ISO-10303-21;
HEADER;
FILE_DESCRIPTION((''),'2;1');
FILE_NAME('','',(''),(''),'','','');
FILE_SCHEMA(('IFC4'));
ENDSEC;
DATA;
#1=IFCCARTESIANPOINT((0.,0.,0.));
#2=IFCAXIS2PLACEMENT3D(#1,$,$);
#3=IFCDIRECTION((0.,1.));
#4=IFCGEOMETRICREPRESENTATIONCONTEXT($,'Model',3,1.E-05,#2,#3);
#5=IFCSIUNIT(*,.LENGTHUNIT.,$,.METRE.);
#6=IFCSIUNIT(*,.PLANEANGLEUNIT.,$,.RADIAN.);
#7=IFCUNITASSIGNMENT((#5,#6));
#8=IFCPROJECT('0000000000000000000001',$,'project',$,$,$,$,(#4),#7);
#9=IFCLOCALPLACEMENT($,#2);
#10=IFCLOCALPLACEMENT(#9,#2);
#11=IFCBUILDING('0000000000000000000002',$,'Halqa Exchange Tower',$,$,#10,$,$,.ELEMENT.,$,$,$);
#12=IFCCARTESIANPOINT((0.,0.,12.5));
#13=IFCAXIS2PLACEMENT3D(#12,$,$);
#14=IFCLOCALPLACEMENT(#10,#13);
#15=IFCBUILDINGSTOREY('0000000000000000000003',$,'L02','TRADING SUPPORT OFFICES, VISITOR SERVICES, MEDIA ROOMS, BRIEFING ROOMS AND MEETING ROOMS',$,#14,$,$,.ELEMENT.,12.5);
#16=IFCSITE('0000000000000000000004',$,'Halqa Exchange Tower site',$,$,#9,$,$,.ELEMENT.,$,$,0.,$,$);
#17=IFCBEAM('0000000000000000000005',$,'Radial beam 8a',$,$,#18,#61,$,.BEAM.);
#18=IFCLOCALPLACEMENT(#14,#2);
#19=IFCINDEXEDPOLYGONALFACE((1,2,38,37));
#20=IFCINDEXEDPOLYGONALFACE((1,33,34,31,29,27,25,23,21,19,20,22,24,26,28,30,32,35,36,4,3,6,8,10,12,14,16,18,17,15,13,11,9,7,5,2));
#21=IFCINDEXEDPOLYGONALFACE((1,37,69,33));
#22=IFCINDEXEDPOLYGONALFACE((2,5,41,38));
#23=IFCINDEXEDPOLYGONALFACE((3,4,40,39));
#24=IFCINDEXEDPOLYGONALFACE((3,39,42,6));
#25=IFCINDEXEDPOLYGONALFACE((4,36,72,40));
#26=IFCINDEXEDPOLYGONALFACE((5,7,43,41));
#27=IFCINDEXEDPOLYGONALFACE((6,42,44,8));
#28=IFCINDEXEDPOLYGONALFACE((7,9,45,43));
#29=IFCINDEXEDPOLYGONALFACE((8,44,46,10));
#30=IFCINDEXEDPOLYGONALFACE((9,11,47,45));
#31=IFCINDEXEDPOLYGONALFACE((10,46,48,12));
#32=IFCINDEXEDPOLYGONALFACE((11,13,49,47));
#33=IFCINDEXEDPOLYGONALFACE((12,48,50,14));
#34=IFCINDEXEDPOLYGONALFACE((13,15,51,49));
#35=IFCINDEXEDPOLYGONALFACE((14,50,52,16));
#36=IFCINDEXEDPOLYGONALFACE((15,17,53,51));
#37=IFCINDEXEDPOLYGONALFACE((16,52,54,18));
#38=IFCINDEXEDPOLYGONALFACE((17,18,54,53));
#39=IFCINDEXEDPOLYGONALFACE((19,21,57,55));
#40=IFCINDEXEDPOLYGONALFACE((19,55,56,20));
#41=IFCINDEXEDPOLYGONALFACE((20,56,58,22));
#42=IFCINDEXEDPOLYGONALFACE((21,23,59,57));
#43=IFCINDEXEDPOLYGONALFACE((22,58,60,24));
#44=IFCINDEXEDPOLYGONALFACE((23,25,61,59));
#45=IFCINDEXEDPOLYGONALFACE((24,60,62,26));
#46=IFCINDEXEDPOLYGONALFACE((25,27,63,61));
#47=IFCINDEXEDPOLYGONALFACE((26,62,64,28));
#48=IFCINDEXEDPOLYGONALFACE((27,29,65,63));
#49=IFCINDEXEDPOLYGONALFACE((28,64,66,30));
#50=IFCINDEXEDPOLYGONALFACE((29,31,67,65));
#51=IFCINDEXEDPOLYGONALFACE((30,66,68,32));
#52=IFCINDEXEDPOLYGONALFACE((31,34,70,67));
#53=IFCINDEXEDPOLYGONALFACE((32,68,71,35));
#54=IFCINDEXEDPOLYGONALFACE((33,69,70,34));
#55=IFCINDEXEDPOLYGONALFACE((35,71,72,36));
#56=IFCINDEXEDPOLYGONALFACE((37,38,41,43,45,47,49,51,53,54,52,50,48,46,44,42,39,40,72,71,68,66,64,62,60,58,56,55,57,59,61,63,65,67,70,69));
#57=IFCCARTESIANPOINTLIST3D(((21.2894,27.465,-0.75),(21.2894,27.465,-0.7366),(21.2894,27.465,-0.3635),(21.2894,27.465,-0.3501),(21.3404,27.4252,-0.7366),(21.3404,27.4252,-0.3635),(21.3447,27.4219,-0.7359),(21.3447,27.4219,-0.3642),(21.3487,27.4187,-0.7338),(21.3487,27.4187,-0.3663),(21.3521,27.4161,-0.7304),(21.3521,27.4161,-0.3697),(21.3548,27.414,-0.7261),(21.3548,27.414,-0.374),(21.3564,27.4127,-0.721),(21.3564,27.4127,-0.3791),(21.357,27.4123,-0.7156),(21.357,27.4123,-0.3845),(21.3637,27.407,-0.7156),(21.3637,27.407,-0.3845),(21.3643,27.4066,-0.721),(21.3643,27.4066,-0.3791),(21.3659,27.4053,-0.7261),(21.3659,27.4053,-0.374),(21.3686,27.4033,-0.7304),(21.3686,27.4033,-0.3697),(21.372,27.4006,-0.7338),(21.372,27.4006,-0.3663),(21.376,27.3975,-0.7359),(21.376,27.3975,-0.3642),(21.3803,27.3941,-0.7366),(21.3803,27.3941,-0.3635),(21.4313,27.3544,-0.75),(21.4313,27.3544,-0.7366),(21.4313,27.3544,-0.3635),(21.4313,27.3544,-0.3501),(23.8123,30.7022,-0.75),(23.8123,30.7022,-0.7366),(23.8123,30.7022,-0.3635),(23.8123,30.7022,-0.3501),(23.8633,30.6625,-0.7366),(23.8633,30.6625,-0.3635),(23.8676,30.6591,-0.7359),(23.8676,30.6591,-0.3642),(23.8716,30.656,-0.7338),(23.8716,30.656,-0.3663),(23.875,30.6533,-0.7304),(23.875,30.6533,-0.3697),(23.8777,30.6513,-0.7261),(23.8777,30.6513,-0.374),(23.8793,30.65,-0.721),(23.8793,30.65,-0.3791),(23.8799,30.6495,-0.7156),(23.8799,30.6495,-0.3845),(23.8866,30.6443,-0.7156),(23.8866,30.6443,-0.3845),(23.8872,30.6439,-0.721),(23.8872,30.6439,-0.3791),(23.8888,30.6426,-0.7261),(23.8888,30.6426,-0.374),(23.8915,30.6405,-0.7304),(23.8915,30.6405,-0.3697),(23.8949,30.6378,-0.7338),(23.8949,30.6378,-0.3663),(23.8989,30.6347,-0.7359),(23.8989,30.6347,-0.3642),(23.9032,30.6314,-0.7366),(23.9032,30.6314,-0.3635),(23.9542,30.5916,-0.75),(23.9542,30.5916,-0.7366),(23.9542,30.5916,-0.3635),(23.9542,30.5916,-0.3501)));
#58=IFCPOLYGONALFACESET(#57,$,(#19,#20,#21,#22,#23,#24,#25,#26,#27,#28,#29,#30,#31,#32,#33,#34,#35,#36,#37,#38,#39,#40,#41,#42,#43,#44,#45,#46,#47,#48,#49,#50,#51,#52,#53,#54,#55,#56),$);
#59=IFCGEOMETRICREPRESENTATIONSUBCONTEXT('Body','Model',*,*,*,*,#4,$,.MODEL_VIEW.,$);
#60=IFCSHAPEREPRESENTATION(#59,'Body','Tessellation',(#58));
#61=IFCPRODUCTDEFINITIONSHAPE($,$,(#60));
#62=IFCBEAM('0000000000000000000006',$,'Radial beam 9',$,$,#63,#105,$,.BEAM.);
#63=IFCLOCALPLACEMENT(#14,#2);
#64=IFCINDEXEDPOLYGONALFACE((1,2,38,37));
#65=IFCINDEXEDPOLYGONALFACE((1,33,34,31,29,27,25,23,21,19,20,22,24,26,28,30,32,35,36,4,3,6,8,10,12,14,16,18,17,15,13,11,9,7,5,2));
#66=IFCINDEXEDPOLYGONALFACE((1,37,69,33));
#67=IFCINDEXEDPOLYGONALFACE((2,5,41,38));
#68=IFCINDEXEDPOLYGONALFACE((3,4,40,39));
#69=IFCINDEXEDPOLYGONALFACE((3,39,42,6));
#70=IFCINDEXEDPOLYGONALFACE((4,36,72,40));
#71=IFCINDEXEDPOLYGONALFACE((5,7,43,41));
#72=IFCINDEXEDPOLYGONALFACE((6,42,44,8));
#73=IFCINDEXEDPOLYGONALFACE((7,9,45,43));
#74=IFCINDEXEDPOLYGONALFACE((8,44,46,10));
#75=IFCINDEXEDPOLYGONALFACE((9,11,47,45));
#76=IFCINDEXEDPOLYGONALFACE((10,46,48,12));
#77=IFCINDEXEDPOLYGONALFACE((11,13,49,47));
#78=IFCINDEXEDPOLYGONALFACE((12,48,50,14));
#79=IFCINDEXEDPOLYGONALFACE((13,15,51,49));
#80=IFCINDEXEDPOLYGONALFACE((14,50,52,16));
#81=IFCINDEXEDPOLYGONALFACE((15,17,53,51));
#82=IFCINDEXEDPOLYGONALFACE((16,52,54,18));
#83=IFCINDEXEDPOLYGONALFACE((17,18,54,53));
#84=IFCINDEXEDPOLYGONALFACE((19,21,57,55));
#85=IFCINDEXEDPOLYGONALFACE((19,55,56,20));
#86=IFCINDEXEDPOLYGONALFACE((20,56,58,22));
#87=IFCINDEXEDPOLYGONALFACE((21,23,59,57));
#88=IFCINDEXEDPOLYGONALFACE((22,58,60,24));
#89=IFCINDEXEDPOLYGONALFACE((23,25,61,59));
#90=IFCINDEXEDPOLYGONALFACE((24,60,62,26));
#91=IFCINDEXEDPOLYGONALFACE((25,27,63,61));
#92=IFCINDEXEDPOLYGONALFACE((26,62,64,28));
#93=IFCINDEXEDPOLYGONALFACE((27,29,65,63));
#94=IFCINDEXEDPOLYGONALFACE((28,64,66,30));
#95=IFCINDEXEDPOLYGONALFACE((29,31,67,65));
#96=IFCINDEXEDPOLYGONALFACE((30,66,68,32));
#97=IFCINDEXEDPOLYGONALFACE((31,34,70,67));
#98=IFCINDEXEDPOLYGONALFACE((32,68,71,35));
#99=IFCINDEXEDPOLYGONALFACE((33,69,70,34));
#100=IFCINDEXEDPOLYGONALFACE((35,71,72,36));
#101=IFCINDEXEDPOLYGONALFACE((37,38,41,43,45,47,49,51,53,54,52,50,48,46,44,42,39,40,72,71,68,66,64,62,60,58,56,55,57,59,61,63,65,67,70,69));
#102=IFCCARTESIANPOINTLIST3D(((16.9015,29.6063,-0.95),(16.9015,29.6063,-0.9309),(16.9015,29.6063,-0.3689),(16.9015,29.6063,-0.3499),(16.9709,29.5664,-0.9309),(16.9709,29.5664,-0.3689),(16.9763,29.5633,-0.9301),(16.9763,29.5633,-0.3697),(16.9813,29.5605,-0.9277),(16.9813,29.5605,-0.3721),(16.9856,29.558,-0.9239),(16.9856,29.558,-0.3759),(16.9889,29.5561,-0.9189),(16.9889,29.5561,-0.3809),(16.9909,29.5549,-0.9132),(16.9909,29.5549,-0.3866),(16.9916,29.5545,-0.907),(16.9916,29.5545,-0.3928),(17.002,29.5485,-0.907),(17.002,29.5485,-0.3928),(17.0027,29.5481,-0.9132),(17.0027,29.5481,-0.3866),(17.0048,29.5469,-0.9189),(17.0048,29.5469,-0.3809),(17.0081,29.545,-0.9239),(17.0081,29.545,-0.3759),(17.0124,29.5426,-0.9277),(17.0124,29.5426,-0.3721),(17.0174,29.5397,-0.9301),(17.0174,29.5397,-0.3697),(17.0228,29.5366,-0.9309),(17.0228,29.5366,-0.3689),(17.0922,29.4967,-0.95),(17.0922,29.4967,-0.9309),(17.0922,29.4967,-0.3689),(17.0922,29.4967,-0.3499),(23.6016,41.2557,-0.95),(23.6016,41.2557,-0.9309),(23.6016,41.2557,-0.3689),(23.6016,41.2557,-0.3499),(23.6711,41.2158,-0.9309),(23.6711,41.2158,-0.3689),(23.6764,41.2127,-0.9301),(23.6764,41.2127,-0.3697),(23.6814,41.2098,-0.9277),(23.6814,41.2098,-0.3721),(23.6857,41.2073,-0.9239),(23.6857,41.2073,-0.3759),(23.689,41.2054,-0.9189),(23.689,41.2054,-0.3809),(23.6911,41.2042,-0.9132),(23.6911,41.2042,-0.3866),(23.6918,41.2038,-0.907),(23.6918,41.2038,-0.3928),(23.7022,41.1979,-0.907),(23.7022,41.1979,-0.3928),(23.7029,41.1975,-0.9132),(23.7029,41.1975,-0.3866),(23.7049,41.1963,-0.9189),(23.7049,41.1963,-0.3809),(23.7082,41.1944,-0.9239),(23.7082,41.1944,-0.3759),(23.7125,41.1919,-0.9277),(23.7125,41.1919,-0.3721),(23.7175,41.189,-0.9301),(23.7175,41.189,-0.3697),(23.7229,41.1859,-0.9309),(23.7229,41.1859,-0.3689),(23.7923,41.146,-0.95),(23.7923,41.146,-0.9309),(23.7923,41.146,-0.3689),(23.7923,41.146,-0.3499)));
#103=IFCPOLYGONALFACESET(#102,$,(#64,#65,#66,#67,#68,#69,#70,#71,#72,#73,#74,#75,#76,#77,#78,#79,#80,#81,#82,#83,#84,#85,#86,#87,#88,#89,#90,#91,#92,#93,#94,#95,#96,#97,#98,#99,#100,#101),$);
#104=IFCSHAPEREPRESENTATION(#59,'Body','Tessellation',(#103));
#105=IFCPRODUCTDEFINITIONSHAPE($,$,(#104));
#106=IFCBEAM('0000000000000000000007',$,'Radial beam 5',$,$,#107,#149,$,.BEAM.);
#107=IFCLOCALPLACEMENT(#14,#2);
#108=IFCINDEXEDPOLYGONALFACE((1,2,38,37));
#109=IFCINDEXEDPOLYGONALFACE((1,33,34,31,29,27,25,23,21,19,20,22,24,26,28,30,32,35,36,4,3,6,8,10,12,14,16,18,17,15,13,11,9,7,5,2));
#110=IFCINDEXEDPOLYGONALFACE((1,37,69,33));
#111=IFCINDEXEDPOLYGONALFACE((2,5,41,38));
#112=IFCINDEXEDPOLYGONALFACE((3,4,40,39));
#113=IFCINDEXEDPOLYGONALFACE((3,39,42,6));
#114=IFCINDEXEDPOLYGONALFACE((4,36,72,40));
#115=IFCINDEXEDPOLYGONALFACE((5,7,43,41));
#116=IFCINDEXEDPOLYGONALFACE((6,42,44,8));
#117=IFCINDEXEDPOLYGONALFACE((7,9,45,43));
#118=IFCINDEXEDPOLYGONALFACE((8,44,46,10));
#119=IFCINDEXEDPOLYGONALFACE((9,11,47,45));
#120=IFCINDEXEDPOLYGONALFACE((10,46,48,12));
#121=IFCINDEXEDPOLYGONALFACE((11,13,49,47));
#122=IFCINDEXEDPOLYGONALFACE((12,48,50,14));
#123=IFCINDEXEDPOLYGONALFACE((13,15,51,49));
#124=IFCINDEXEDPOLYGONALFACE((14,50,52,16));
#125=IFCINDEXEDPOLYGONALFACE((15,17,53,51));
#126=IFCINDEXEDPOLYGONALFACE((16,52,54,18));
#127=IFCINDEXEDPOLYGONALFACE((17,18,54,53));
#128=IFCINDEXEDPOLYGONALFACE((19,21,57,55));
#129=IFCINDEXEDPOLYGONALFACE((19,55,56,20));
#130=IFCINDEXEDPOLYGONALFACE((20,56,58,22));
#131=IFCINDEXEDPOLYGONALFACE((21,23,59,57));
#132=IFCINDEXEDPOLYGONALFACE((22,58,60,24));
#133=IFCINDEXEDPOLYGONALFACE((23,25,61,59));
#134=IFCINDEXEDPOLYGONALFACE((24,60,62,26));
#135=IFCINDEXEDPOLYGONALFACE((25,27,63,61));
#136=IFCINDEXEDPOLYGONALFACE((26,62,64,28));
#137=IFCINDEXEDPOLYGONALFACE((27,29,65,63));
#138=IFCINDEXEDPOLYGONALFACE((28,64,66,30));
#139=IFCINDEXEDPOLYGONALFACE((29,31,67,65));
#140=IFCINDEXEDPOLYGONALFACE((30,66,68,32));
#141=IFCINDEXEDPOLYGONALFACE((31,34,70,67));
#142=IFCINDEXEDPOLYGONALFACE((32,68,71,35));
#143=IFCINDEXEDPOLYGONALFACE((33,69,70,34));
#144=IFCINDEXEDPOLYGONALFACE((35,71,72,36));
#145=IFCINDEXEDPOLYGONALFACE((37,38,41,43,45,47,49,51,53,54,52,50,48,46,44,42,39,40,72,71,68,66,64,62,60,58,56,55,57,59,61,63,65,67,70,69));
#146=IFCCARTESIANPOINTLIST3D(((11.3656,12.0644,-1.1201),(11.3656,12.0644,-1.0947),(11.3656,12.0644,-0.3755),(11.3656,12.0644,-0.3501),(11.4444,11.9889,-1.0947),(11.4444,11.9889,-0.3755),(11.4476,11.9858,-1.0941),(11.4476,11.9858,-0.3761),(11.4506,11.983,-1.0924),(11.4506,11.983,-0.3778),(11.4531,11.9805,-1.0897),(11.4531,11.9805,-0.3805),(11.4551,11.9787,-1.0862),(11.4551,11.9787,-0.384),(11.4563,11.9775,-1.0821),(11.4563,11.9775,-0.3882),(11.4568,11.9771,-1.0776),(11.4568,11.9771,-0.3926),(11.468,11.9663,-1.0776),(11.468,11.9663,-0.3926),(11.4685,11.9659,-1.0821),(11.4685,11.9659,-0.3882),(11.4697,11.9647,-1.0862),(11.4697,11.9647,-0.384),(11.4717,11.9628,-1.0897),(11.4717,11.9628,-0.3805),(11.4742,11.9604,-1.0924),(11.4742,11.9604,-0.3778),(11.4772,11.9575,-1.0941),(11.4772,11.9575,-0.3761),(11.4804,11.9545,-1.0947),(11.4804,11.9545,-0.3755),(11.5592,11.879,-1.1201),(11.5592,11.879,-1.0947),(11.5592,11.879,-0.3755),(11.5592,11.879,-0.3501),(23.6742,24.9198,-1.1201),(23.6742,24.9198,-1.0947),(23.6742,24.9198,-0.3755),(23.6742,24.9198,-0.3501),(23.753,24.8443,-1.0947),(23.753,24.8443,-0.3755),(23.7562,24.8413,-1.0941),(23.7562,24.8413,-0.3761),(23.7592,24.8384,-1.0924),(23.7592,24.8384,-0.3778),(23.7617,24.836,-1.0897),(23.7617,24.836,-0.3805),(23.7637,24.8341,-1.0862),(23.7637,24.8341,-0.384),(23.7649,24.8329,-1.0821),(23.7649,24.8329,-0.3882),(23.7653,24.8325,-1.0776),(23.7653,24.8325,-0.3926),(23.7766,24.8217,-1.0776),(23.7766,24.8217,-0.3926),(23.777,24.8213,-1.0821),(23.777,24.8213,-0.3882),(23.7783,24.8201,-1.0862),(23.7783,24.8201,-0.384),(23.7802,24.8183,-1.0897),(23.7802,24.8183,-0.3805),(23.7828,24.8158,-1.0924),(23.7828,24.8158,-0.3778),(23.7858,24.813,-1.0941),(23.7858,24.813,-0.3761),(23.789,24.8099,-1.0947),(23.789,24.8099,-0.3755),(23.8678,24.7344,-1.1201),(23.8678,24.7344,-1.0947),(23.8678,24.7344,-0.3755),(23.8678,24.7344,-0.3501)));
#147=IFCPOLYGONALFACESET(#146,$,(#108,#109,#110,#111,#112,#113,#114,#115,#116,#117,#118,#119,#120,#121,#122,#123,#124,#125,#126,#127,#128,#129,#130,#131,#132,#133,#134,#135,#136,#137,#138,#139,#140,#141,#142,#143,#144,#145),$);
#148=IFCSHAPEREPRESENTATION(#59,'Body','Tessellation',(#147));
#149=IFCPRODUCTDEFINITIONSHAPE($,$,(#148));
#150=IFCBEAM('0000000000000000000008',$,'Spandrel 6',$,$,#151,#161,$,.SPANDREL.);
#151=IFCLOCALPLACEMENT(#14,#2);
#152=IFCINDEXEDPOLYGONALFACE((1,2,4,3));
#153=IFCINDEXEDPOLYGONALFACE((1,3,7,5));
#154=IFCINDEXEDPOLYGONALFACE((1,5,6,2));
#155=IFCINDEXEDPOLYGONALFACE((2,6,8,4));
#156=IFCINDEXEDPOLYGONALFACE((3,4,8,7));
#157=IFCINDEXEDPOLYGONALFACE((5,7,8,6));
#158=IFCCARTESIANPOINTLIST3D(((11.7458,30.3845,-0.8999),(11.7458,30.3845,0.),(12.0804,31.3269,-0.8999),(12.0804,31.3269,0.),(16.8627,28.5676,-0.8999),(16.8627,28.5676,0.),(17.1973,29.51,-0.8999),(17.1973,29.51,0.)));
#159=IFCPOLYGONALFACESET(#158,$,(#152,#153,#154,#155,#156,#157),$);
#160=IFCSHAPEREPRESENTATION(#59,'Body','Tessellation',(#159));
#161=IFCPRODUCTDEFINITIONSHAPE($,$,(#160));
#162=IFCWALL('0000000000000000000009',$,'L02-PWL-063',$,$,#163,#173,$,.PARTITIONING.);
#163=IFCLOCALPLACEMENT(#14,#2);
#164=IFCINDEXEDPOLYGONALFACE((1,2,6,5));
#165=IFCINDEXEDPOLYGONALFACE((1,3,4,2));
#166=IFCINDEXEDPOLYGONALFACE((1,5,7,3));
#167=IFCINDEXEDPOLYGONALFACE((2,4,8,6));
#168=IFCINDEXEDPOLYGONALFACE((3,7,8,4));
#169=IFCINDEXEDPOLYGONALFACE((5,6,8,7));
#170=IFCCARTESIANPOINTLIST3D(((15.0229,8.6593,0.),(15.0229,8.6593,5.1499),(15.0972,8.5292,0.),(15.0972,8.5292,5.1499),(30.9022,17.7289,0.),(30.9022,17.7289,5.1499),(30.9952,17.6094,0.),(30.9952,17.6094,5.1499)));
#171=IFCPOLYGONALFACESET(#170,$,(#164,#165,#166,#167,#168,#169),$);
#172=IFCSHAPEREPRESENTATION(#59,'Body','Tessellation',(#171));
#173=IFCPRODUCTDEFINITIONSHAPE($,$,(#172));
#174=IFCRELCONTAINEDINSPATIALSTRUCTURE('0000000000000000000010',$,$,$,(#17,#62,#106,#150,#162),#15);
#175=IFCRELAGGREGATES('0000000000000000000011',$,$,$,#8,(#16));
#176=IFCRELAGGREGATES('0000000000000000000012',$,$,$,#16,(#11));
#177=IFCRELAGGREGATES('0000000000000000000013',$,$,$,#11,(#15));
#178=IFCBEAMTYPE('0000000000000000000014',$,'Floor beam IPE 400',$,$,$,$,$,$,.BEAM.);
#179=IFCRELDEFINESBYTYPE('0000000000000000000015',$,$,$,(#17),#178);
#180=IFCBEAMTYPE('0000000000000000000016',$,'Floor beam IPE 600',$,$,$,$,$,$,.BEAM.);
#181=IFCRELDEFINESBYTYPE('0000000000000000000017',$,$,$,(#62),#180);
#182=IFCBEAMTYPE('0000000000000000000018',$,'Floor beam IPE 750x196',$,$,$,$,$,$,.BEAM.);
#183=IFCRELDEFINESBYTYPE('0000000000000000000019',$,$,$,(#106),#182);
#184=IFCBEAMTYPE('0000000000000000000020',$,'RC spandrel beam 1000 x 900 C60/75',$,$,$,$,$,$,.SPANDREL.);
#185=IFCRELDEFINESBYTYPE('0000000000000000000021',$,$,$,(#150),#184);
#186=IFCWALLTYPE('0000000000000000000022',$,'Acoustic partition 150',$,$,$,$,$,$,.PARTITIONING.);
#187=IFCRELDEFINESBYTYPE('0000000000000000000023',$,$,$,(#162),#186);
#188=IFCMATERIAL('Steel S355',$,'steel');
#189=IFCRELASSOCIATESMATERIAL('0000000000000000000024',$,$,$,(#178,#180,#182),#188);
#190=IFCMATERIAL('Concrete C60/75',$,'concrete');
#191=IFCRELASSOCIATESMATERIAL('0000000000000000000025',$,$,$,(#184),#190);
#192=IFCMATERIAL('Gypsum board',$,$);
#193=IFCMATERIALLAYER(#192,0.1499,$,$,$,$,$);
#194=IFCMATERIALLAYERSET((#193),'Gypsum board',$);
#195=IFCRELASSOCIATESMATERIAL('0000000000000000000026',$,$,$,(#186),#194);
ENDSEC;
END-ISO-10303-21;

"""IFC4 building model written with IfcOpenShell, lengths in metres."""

from ifc_helpers import new_model, si_unit, direction, frame, origin, origin_2d, place, context, subcontext, project, spatial, polyline, rectangle, i_section, outline, extrude, material, layer, layer_set, material_profile, profile_set, type_object, element, save


model = new_model("IFC4")

# Units and contexts
model_context = context("Model", 3, precision=1e-05, world=origin(), true_north=direction((0.0, 1.0)))
body_context = subcontext(model_context, "Body", "Model", "MODEL_VIEW")
ifc_project = project(units=[si_unit("LENGTHUNIT", "METRE"), si_unit("PLANEANGLEUNIT", "RADIAN")], contexts=[model_context])

# Site, building, storey
site_placement = place(None, origin())
site = spatial("IfcSite", under=ifc_project, at=site_placement, Name="Halqa Exchange Tower site", CompositionType="ELEMENT", RefElevation=0.0)
building_placement = place(site_placement, origin())
building = spatial("IfcBuilding", under=site, at=building_placement, Name="Halqa Exchange Tower", CompositionType="ELEMENT")
storey_placement = place(building_placement, frame((0.0, 0.0, 12.5)))
storey = spatial("IfcBuildingStorey", under=building, at=storey_placement, Name="L02", Description="TRADING SUPPORT OFFICES, VISITOR SERVICES, MEDIA ROOMS, BRIEFING ROOMS AND MEETING ROOMS", CompositionType="ELEMENT", Elevation=12.5)

# Beams
ifc_material_1 = material(Name="Steel S355", Category="steel")
ifc_material_profile_1 = material_profile(ifc_material_1, i_section(OverallWidth=0.1799, OverallDepth=0.3999, WebThickness=0.0085, FlangeThickness=0.0134, FilletRadius=0.021, at=origin_2d()), Name="IPE 400")
ifc_profile_set_1 = profile_set([ifc_material_profile_1], Name="Steel S355")
beam_type_1 = type_object("IfcBeamType", Name="Floor beam IPE 400", PredefinedType="BEAM", material=ifc_profile_set_1)
beam_1_placement = place(storey_placement, frame((21.3604, 27.4097, -0.55), z_axis=(0.614706, 0.788756, 0.0), x_axis=(-0.788756, 0.614706, 0.0)))
element("IfcBeam", 1, at=beam_1_placement, inside=storey, type_object=beam_type_1, Name="Radial beam 8a", PredefinedType="BEAM", context=body_context, shape_type="SweptSolid", body=[
    extrude(i_section(OverallWidth=0.1799, OverallDepth=0.3999, WebThickness=0.0085, FlangeThickness=0.0134, FilletRadius=0.021, at=origin_2d()), origin(), (0.0, 0.0, 1.0), 4.1042),
])
ifc_material_profile_2 = material_profile(ifc_material_1, i_section(OverallWidth=0.22, OverallDepth=0.6001, WebThickness=0.012, FlangeThickness=0.019, FilletRadius=0.0239, at=origin_2d()), Name="IPE 600")
ifc_profile_set_2 = profile_set([ifc_material_profile_2], Name="Steel S355")
beam_type_2 = type_object("IfcBeamType", Name="Floor beam IPE 600", PredefinedType="BEAM", material=ifc_profile_set_2)
beam_2_placement = place(storey_placement, frame((16.9968, 29.5515, -0.6499), z_axis=(0.498571, 0.866849, 0.0), x_axis=(-0.866849, 0.498571, 0.0)))
element("IfcBeam", 2, at=beam_2_placement, inside=storey, type_object=beam_type_2, Name="Radial beam 9", PredefinedType="BEAM", context=body_context, shape_type="SweptSolid", body=[
    extrude(i_section(OverallWidth=0.22, OverallDepth=0.6001, WebThickness=0.012, FlangeThickness=0.019, FilletRadius=0.0239, at=origin_2d()), origin(), (0.0, 0.0, 1.0), 13.4387),
])
ifc_material_profile_3 = material_profile(ifc_material_1, i_section(OverallWidth=0.2681, OverallDepth=0.77, WebThickness=0.0156, FlangeThickness=0.0254, FilletRadius=0.0171, at=origin_2d()), Name="IPE 750x196")
ifc_profile_set_3 = profile_set([ifc_material_profile_3], Name="Steel S355")
beam_type_3 = type_object("IfcBeamType", Name="Floor beam IPE 750x196", PredefinedType="BEAM", material=ifc_profile_set_3)
beam_3_placement = place(storey_placement, frame((11.4624, 11.9717, -0.7351), z_axis=(0.691576, 0.722303, 0.0), x_axis=(-0.722303, 0.691576, 0.0)))
element("IfcBeam", 3, at=beam_3_placement, inside=storey, type_object=beam_type_3, Name="Radial beam 5", PredefinedType="BEAM", context=body_context, shape_type="SweptSolid", body=[
    extrude(i_section(OverallWidth=0.2681, OverallDepth=0.77, WebThickness=0.0156, FlangeThickness=0.0254, FilletRadius=0.0171, at=origin_2d()), origin(), (0.0, 0.0, 1.0), 17.7979),
])
ifc_material_2 = material(Name="Concrete C60/75", Category="concrete")
ifc_material_profile_4 = material_profile(ifc_material_2, rectangle(XDim=1.0, YDim=0.8999, at=origin_2d()), Name="1000 x 900")
ifc_profile_set_4 = profile_set([ifc_material_profile_4], Name="Concrete C60/75")
beam_type_4 = type_object("IfcBeamType", Name="RC spandrel beam 1000 x 900 C60/75", PredefinedType="SPANDREL", material=ifc_profile_set_4)
beam_4_placement = place(storey_placement, frame((17.03, 29.0388, -0.45), z_axis=(-0.942358, 0.334607, 0.0), x_axis=(-0.334607, -0.942358, 0.0)))
element("IfcBeam", 4, at=beam_4_placement, inside=storey, type_object=beam_type_4, Name="Spandrel 6", PredefinedType="SPANDREL", context=body_context, shape_type="SweptSolid", body=[
    extrude(rectangle(XDim=1.0, YDim=0.8999, at=origin_2d()), origin(), (0.0, 0.0, 1.0), 5.4299),
])

# Wall
ifc_material_3 = material(Name="Gypsum board")
ifc_layer_1 = layer(ifc_material_3, 0.1499)
ifc_layer_set_1 = layer_set([ifc_layer_1], Name="Gypsum board")
wall_type_1 = type_object("IfcWallType", Name="Acoustic partition 150", PredefinedType="PARTITIONING", material=ifc_layer_set_1)
wall_1_placement = place(storey_placement, frame((15.0601, 8.5942, 0.0), z_axis=(0.0, 0.0, 1.0), x_axis=(0.868344, 0.495962, 0.0)))
element("IfcWall", 5, at=wall_1_placement, inside=storey, type_object=wall_type_1, Name="L02-PWL-063", PredefinedType="PARTITIONING", context=body_context, shape_type="SweptSolid", body=[
    extrude(outline(polyline([(0.0, -0.075), (18.3083, -0.075), (18.2869, 0.075), (0.0, 0.075), (0.0, -0.075)])), origin(), (0.0, 0.0, 1.0), 5.1499),
])

save(model, "model.ifc")
